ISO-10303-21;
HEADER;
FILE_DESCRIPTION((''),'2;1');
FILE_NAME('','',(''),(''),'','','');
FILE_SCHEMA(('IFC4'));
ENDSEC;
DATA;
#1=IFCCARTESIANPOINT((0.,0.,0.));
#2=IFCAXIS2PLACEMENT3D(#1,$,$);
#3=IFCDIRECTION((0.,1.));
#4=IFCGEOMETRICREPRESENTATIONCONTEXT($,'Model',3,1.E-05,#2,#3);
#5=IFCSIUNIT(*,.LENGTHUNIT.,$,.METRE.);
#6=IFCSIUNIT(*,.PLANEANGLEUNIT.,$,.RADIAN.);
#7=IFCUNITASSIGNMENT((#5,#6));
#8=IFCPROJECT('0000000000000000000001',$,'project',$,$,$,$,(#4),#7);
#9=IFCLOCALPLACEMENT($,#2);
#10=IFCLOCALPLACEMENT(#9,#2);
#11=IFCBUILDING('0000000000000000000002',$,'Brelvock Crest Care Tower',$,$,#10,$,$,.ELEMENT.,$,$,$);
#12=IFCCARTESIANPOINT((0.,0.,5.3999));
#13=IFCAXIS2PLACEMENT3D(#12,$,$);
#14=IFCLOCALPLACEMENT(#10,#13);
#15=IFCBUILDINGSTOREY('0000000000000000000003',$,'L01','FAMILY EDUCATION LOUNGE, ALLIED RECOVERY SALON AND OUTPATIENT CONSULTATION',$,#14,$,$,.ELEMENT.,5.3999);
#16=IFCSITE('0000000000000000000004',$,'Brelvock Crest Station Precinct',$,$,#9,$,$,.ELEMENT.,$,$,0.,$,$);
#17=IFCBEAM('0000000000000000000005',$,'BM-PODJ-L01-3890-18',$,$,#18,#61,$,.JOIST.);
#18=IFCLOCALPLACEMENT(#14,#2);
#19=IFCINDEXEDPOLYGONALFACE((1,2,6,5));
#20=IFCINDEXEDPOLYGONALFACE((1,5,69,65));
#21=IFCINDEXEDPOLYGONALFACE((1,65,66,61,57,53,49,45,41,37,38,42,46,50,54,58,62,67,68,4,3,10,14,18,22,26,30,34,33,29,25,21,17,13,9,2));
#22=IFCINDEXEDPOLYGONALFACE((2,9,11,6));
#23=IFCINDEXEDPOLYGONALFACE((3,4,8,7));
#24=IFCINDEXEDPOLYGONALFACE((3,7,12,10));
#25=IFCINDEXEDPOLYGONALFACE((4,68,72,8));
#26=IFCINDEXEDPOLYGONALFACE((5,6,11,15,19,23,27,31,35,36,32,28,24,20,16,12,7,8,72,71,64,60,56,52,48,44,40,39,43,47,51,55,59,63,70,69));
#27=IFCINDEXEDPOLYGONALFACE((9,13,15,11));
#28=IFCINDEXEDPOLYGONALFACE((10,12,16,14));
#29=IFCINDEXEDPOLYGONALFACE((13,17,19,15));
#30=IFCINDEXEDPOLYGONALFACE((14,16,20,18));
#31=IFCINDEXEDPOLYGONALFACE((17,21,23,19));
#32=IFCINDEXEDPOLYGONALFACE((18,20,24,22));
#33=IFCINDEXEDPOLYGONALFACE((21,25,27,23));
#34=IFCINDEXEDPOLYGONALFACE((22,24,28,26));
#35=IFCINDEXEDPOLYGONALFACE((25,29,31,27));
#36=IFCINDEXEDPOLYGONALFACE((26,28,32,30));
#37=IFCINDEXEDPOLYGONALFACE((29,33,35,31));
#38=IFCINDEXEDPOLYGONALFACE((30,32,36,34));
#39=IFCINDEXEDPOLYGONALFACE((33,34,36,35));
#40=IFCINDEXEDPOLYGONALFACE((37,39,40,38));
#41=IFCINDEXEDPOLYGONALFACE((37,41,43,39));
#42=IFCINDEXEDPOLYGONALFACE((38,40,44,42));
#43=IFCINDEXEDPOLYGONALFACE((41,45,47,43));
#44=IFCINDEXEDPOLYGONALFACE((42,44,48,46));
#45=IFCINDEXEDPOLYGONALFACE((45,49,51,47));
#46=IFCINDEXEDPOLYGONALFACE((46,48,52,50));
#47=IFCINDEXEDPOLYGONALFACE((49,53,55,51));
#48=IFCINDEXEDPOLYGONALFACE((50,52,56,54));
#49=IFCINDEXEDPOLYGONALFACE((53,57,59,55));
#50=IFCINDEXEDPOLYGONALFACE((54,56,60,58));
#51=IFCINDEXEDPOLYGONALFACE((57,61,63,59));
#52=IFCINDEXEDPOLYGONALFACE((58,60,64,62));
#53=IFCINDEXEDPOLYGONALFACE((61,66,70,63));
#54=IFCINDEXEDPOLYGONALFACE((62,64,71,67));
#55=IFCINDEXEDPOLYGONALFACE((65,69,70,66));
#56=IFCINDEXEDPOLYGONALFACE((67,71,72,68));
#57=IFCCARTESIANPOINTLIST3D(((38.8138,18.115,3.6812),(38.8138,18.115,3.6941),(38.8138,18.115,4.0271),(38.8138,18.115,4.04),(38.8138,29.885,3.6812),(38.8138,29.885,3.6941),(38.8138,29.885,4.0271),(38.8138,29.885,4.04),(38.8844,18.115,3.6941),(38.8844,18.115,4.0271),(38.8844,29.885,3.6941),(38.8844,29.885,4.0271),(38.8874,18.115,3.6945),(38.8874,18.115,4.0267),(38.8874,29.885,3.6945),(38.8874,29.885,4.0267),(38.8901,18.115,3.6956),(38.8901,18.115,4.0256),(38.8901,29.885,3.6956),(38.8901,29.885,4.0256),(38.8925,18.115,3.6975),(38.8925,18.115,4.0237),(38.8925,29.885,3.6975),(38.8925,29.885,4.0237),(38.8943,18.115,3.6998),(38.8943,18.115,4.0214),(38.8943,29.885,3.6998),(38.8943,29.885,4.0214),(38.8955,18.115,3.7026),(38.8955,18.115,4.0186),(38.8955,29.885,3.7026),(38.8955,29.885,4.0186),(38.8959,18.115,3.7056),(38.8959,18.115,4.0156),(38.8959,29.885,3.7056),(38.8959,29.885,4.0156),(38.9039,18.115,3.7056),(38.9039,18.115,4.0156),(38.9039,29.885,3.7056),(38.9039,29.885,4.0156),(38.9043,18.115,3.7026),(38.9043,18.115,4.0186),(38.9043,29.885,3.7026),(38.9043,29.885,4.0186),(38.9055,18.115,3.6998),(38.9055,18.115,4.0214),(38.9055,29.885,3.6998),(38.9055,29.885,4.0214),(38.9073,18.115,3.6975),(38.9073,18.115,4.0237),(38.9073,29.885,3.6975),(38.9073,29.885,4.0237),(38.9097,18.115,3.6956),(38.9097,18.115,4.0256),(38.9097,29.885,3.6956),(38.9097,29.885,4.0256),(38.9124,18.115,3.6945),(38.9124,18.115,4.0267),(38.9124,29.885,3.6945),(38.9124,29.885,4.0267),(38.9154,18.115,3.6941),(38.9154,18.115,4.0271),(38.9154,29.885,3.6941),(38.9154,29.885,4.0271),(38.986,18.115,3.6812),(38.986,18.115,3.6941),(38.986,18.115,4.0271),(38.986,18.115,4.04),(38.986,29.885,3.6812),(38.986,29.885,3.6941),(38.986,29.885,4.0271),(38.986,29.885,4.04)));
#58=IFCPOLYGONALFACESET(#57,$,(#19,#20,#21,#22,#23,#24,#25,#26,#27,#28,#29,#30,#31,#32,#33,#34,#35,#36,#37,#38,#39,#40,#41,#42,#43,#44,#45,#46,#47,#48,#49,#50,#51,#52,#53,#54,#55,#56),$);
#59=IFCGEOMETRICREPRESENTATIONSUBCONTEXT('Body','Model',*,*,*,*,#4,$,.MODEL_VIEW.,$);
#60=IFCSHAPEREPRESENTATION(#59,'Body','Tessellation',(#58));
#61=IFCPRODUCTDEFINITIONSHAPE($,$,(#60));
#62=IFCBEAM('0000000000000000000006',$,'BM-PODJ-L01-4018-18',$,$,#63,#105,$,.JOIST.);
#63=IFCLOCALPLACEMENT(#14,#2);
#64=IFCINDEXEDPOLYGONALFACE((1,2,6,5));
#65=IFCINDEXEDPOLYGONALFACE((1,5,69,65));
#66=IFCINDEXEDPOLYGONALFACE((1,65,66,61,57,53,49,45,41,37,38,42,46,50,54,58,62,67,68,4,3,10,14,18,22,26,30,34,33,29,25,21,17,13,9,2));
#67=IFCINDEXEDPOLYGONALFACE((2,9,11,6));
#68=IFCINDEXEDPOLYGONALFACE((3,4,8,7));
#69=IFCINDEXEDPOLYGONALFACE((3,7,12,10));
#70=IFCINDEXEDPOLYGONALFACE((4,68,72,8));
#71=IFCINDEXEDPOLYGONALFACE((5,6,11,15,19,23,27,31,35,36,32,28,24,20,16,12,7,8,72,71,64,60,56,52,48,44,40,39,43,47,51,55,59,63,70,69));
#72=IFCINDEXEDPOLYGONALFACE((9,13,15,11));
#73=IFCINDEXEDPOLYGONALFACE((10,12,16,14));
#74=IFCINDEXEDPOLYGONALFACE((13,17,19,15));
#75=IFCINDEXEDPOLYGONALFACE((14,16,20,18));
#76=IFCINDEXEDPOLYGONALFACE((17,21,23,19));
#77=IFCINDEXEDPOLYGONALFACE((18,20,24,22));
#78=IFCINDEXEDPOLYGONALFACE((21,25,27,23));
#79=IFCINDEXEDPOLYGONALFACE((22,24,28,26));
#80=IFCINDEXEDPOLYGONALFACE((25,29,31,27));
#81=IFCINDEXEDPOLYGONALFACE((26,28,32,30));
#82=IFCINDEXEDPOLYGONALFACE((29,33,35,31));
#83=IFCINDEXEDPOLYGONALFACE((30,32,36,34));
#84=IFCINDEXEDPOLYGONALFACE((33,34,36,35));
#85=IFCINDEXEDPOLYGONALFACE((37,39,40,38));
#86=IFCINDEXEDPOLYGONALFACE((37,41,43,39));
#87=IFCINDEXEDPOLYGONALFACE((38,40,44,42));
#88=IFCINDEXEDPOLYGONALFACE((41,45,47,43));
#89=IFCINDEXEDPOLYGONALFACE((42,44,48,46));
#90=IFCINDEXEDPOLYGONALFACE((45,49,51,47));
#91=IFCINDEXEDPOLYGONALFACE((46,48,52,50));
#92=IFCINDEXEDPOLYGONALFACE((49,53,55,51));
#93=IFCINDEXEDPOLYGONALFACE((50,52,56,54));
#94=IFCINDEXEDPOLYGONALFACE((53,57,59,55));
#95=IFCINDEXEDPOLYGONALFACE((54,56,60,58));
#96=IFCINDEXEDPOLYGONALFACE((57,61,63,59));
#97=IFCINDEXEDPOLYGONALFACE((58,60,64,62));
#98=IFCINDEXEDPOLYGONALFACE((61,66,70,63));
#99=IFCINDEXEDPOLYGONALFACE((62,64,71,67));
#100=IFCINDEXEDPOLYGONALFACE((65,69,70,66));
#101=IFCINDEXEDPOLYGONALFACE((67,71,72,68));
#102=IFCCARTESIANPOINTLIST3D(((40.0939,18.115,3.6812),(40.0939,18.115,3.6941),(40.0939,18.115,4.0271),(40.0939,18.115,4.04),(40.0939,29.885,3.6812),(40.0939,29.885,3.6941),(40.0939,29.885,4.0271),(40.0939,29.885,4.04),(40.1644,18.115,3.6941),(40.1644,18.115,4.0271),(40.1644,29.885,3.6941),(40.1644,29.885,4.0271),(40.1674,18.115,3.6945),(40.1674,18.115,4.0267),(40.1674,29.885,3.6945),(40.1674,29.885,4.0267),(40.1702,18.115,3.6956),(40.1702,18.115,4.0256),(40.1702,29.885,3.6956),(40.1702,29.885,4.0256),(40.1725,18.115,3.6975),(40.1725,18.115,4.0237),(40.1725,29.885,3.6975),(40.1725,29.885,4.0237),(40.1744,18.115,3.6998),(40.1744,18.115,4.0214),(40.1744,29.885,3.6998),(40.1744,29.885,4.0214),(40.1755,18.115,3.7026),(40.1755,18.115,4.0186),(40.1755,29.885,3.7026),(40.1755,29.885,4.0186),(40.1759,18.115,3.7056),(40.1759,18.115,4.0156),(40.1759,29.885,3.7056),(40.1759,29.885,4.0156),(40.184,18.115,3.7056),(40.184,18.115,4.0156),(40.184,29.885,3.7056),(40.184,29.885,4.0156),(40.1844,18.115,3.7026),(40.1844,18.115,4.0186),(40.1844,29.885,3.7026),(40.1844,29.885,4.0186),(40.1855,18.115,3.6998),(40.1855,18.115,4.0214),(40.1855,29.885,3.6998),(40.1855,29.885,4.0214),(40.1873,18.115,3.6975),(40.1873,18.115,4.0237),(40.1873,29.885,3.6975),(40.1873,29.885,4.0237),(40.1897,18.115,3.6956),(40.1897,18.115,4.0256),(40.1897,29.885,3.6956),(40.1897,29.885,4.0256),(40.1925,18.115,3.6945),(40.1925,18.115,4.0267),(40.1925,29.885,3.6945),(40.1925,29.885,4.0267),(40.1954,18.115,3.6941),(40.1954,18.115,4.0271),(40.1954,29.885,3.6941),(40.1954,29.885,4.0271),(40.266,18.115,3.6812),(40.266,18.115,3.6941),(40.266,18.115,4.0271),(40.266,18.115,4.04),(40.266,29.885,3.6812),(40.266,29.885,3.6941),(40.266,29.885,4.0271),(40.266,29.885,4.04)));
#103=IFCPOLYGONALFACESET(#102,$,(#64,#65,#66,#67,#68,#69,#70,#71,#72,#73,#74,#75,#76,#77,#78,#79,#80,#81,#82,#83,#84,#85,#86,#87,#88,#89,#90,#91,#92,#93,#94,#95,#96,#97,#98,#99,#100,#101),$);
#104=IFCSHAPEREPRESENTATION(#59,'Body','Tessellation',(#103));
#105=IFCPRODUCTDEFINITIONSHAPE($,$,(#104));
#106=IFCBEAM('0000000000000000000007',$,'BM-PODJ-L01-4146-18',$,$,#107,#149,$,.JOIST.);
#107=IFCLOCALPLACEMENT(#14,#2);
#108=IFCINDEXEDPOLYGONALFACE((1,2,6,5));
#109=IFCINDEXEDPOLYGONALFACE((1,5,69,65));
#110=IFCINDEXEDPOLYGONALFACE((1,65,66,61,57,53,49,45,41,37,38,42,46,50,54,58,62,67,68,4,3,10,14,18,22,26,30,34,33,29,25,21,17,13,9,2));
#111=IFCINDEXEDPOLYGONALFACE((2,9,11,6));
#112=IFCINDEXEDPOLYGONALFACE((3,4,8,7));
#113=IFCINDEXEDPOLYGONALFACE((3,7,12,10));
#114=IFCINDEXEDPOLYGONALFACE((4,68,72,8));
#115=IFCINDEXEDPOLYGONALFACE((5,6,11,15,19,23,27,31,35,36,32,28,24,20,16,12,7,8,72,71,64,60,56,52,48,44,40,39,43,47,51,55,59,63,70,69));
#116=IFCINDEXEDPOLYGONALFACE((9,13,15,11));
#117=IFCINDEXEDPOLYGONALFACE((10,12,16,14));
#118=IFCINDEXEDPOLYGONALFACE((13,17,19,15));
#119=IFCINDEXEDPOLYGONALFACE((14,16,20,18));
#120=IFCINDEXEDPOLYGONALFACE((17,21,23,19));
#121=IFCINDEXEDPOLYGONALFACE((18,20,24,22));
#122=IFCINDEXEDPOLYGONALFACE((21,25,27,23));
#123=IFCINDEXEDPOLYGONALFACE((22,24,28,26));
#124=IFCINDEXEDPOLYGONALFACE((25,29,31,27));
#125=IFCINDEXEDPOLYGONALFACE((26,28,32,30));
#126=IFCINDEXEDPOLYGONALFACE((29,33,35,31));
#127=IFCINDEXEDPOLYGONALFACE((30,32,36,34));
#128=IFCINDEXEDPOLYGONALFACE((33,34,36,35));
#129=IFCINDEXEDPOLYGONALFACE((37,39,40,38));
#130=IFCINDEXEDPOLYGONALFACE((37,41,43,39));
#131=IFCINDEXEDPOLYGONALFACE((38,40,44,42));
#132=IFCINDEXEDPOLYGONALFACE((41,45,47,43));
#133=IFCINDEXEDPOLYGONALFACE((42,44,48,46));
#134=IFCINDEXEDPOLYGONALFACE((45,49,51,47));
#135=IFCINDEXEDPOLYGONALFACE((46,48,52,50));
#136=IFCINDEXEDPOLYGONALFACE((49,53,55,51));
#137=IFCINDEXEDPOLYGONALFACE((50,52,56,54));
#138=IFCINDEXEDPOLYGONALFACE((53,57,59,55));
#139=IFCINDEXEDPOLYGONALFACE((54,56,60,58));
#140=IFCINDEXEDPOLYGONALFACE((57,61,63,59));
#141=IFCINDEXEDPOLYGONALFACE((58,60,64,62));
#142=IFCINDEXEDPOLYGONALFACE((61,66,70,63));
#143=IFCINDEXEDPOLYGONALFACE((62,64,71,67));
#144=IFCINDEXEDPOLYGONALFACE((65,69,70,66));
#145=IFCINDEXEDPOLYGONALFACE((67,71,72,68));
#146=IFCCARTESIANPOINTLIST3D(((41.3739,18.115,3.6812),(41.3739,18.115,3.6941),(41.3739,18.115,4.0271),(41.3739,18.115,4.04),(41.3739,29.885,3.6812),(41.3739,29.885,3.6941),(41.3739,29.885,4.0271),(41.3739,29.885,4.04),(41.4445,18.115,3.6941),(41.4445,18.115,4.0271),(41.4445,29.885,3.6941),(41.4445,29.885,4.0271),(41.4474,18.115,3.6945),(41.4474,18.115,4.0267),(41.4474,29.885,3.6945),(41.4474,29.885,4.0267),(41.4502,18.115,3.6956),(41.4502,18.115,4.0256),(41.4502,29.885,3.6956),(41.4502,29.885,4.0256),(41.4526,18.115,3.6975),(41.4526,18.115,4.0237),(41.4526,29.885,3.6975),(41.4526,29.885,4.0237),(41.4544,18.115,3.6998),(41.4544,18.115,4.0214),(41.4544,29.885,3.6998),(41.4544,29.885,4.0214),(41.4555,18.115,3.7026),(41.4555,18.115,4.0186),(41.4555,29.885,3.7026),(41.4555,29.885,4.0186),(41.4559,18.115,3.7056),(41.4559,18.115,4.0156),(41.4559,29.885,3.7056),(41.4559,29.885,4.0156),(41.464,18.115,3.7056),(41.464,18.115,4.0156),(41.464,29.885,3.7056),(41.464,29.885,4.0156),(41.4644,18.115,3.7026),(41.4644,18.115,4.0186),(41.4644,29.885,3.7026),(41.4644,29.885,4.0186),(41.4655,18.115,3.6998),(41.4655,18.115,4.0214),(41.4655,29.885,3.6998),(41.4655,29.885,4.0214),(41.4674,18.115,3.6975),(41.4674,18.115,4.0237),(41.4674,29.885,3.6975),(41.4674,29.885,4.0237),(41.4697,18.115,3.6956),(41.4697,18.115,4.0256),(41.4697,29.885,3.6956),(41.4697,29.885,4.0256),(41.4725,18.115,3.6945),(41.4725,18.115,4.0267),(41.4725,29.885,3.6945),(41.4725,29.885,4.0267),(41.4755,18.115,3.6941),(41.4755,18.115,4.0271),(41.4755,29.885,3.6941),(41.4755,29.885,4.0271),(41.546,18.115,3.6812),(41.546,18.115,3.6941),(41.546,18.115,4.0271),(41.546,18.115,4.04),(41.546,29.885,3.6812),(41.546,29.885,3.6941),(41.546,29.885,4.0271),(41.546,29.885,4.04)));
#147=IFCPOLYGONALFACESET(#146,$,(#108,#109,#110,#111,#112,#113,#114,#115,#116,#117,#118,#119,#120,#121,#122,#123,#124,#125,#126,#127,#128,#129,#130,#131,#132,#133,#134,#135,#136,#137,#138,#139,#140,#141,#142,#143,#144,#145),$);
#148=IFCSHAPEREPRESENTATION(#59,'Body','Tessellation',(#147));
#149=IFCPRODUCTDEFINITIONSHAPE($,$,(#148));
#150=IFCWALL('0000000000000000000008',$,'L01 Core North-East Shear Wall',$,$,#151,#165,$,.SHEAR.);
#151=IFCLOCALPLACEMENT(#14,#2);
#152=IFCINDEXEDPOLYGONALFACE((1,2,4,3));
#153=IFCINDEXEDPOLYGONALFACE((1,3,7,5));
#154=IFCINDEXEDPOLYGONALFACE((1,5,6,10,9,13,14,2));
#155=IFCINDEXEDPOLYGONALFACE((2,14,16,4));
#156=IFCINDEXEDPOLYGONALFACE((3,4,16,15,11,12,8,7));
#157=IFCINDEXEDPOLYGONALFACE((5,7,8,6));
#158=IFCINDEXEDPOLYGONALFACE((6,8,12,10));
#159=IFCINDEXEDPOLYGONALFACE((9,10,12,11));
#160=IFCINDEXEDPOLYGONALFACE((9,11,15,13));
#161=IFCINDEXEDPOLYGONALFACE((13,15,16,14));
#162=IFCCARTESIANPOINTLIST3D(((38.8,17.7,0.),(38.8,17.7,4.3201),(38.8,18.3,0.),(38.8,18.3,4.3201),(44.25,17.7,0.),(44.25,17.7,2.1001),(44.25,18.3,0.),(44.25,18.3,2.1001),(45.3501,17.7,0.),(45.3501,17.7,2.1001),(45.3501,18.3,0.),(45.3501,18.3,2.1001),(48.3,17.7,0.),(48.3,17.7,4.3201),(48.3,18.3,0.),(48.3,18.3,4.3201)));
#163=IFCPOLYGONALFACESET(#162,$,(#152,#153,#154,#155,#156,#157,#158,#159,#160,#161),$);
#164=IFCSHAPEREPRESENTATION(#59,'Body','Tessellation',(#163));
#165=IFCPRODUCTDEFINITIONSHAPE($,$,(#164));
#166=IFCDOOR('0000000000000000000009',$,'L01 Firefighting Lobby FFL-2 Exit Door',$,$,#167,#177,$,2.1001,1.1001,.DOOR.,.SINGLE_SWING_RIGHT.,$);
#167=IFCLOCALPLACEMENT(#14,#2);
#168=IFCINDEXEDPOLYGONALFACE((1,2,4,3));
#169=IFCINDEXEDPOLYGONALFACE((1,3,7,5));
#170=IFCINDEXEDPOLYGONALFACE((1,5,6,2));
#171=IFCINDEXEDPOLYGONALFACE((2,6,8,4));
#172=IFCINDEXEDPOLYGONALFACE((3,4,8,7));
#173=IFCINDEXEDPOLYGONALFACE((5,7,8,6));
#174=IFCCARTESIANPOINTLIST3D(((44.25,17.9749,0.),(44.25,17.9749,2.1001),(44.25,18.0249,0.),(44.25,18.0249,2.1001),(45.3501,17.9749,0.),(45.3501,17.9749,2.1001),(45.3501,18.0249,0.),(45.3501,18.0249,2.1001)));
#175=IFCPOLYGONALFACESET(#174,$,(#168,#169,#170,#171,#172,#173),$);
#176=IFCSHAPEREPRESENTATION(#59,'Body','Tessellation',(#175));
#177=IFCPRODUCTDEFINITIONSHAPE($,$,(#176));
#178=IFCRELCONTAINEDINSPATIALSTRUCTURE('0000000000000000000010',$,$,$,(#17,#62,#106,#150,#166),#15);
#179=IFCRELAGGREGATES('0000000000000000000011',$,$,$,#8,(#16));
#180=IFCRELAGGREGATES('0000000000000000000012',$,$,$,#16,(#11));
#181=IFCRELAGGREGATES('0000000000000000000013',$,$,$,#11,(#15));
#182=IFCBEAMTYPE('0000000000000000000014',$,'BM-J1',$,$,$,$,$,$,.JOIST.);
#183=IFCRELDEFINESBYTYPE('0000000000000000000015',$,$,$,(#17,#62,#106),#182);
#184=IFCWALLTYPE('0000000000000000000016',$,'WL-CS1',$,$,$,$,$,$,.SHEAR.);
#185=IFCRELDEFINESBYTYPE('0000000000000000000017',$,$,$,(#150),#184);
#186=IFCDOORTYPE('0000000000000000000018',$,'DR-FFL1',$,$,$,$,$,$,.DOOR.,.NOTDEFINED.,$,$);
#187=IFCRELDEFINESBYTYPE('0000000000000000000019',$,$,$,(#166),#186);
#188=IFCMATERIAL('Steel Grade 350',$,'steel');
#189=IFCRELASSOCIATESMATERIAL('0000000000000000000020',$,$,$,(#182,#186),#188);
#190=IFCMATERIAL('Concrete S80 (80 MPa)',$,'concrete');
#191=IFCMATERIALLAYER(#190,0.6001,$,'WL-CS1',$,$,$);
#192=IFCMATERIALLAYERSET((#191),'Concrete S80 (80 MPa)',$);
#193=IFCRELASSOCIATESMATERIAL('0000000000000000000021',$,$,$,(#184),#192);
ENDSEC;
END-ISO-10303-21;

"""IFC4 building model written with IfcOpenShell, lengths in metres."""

from ifc_helpers import new_model, si_unit, direction, frame, frame_2d, origin, origin_2d, place, context, subcontext, project, spatial, rectangle, i_section, extrude, source, transform, mapped, material, layer, layer_set, material_profile, profile_set, type_object, element, fill, save


model = new_model("IFC4")

# Units and contexts
model_context = context("Model", 3, precision=1e-05, world=origin(), true_north=direction((0.0, 1.0)))
body_context = subcontext(model_context, "Body", "Model", "MODEL_VIEW")
ifc_project = project(units=[si_unit("LENGTHUNIT", "METRE"), si_unit("PLANEANGLEUNIT", "RADIAN")], contexts=[model_context])

# Site, building, storey
site_placement = place(None, origin())
site = spatial("IfcSite", under=ifc_project, at=site_placement, Name="Brelvock Crest Station Precinct", CompositionType="ELEMENT", RefElevation=0.0)
building_placement = place(site_placement, origin())
building = spatial("IfcBuilding", under=site, at=building_placement, Name="Brelvock Crest Care Tower", CompositionType="ELEMENT")
storey_placement = place(building_placement, frame((0.0, 0.0, 5.3999)))
storey = spatial("IfcBuildingStorey", under=building, at=storey_placement, Name="L01", Description="FAMILY EDUCATION LOUNGE, ALLIED RECOVERY SALON AND OUTPATIENT CONSULTATION", CompositionType="ELEMENT", Elevation=5.3999)

# Shared definitions
ifc_material_1 = material(Name="Concrete S80 (80 MPa)", Category="concrete")

# Beams
ifc_material_2 = material(Name="Steel Grade 350", Category="steel")
ifc_material_profile_1 = material_profile(ifc_material_2, i_section(OverallWidth=0.1721, OverallDepth=0.3589, WebThickness=0.0081, FlangeThickness=0.0129, FilletRadius=0.0115, at=origin_2d()), Name="360UB56.7")
ifc_profile_set_1 = profile_set([ifc_material_profile_1], Name="Steel Grade 350")
beam_type_1 = type_object("IfcBeamType", Name="BM-J1", PredefinedType="JOIST", material=ifc_profile_set_1)
shared_shape_1 = source(origin(), body_context, "Body", "SweptSolid", [
    extrude(i_section(OverallWidth=0.1721, OverallDepth=0.3589, WebThickness=0.0081, FlangeThickness=0.0129, FilletRadius=0.0115, at=origin_2d()), origin(), (0.0, 0.0, 1.0), 11.77),
])
for number, where, z_axis, x_axis, name in (
    (1, (38.8999, 18.115, 3.8606), (0.0, 1.0, 0.0), (-1.0, 0.0, 0.0), "BM-PODJ-L01-3890-18"),
    (2, (40.1799, 18.115, 3.8606), (0.0, 1.0, 0.0), (-1.0, 0.0, 0.0), "BM-PODJ-L01-4018-18"),
    (3, (41.46, 18.115, 3.8606), (0.0, 1.0, 0.0), (-1.0, 0.0, 0.0), "BM-PODJ-L01-4146-18"),
):
    element("IfcBeam", number, at=place(storey_placement, frame(where, z_axis=z_axis, x_axis=x_axis)), inside=storey, type_object=beam_type_1, Name=name, PredefinedType="JOIST", context=body_context, shape_type="MappedRepresentation", body=[
        mapped(shared_shape_1, transform((0.0, 0.0, 0.0), x_axis=(1.0, 0.0, 0.0), y_axis=(0.0, 1.0, 0.0), z_axis=(0.0, 0.0, 1.0), scale=1.0)),
    ])

# Wall, opening, door
ifc_layer_1 = layer(ifc_material_1, 0.6001, Name="WL-CS1")
ifc_layer_set_1 = layer_set([ifc_layer_1], Name="Concrete S80 (80 MPa)")
wall_type_1 = type_object("IfcWallType", Name="WL-CS1", PredefinedType="SHEAR", material=ifc_layer_set_1)
wall_1_placement = place(storey_placement, frame((38.8, 18.0, 0.0), z_axis=(0.0, 0.0, 1.0), x_axis=(1.0, 0.0, 0.0)))
wall_1 = element("IfcWall", 4, at=wall_1_placement, inside=storey, type_object=wall_type_1, Name="L01 Core North-East Shear Wall", PredefinedType="SHEAR", context=body_context, shape_type="SweptSolid", body=[
    extrude(rectangle(XDim=9.5, YDim=0.6001, at=frame_2d((4.75, 0.0))), origin(), (0.0, 0.0, 1.0), 4.3201),
])
opening_1_placement = place(wall_1_placement, frame((5.45, 0.0, 0.0)))
opening_1 = element("IfcOpeningElement", 5, at=opening_1_placement, cuts=wall_1, PredefinedType="OPENING", context=body_context, shape_type="SweptSolid", body=[
    extrude(rectangle(XDim=1.1001, YDim=2.1001, at=origin_2d()), frame((0.55, 0.3101, 1.05), z_axis=(0.0, -1.0, 0.0), x_axis=(1.0, 0.0, 0.0)), (0.0, 0.0, 1.0), 0.6201),
])
door_type_1 = type_object("IfcDoorType", Name="DR-FFL1", OperationType="NOTDEFINED", PredefinedType="DOOR", material=ifc_material_2)
shared_shape_2 = source(origin(), body_context, "Body", "SweptSolid", [
    extrude(rectangle(XDim=1.1001, YDim=2.1001, at=origin_2d()), frame((0.55, 0.0249, 1.05), z_axis=(0.0, -1.0, 0.0), x_axis=(1.0, 0.0, 0.0)), (0.0, 0.0, 1.0), 0.05),
])
door_1_placement = place(opening_1_placement, origin())
door_1 = element("IfcDoor", 6, at=door_1_placement, inside=storey, type_object=door_type_1, Name="L01 Firefighting Lobby FFL-2 Exit Door", OperationType="SINGLE_SWING_RIGHT", OverallHeight=2.1001, OverallWidth=1.1001, PredefinedType="DOOR", context=body_context, shape_type="MappedRepresentation", body=[
    mapped(shared_shape_2, transform((0.0, 0.0, 0.0), x_axis=(1.0, 0.0, 0.0), y_axis=(0.0, 1.0, 0.0), z_axis=(0.0, 0.0, 1.0), scale=1.0)),
])
fill(opening_1, door_1)

save(model, "model.ifc")
